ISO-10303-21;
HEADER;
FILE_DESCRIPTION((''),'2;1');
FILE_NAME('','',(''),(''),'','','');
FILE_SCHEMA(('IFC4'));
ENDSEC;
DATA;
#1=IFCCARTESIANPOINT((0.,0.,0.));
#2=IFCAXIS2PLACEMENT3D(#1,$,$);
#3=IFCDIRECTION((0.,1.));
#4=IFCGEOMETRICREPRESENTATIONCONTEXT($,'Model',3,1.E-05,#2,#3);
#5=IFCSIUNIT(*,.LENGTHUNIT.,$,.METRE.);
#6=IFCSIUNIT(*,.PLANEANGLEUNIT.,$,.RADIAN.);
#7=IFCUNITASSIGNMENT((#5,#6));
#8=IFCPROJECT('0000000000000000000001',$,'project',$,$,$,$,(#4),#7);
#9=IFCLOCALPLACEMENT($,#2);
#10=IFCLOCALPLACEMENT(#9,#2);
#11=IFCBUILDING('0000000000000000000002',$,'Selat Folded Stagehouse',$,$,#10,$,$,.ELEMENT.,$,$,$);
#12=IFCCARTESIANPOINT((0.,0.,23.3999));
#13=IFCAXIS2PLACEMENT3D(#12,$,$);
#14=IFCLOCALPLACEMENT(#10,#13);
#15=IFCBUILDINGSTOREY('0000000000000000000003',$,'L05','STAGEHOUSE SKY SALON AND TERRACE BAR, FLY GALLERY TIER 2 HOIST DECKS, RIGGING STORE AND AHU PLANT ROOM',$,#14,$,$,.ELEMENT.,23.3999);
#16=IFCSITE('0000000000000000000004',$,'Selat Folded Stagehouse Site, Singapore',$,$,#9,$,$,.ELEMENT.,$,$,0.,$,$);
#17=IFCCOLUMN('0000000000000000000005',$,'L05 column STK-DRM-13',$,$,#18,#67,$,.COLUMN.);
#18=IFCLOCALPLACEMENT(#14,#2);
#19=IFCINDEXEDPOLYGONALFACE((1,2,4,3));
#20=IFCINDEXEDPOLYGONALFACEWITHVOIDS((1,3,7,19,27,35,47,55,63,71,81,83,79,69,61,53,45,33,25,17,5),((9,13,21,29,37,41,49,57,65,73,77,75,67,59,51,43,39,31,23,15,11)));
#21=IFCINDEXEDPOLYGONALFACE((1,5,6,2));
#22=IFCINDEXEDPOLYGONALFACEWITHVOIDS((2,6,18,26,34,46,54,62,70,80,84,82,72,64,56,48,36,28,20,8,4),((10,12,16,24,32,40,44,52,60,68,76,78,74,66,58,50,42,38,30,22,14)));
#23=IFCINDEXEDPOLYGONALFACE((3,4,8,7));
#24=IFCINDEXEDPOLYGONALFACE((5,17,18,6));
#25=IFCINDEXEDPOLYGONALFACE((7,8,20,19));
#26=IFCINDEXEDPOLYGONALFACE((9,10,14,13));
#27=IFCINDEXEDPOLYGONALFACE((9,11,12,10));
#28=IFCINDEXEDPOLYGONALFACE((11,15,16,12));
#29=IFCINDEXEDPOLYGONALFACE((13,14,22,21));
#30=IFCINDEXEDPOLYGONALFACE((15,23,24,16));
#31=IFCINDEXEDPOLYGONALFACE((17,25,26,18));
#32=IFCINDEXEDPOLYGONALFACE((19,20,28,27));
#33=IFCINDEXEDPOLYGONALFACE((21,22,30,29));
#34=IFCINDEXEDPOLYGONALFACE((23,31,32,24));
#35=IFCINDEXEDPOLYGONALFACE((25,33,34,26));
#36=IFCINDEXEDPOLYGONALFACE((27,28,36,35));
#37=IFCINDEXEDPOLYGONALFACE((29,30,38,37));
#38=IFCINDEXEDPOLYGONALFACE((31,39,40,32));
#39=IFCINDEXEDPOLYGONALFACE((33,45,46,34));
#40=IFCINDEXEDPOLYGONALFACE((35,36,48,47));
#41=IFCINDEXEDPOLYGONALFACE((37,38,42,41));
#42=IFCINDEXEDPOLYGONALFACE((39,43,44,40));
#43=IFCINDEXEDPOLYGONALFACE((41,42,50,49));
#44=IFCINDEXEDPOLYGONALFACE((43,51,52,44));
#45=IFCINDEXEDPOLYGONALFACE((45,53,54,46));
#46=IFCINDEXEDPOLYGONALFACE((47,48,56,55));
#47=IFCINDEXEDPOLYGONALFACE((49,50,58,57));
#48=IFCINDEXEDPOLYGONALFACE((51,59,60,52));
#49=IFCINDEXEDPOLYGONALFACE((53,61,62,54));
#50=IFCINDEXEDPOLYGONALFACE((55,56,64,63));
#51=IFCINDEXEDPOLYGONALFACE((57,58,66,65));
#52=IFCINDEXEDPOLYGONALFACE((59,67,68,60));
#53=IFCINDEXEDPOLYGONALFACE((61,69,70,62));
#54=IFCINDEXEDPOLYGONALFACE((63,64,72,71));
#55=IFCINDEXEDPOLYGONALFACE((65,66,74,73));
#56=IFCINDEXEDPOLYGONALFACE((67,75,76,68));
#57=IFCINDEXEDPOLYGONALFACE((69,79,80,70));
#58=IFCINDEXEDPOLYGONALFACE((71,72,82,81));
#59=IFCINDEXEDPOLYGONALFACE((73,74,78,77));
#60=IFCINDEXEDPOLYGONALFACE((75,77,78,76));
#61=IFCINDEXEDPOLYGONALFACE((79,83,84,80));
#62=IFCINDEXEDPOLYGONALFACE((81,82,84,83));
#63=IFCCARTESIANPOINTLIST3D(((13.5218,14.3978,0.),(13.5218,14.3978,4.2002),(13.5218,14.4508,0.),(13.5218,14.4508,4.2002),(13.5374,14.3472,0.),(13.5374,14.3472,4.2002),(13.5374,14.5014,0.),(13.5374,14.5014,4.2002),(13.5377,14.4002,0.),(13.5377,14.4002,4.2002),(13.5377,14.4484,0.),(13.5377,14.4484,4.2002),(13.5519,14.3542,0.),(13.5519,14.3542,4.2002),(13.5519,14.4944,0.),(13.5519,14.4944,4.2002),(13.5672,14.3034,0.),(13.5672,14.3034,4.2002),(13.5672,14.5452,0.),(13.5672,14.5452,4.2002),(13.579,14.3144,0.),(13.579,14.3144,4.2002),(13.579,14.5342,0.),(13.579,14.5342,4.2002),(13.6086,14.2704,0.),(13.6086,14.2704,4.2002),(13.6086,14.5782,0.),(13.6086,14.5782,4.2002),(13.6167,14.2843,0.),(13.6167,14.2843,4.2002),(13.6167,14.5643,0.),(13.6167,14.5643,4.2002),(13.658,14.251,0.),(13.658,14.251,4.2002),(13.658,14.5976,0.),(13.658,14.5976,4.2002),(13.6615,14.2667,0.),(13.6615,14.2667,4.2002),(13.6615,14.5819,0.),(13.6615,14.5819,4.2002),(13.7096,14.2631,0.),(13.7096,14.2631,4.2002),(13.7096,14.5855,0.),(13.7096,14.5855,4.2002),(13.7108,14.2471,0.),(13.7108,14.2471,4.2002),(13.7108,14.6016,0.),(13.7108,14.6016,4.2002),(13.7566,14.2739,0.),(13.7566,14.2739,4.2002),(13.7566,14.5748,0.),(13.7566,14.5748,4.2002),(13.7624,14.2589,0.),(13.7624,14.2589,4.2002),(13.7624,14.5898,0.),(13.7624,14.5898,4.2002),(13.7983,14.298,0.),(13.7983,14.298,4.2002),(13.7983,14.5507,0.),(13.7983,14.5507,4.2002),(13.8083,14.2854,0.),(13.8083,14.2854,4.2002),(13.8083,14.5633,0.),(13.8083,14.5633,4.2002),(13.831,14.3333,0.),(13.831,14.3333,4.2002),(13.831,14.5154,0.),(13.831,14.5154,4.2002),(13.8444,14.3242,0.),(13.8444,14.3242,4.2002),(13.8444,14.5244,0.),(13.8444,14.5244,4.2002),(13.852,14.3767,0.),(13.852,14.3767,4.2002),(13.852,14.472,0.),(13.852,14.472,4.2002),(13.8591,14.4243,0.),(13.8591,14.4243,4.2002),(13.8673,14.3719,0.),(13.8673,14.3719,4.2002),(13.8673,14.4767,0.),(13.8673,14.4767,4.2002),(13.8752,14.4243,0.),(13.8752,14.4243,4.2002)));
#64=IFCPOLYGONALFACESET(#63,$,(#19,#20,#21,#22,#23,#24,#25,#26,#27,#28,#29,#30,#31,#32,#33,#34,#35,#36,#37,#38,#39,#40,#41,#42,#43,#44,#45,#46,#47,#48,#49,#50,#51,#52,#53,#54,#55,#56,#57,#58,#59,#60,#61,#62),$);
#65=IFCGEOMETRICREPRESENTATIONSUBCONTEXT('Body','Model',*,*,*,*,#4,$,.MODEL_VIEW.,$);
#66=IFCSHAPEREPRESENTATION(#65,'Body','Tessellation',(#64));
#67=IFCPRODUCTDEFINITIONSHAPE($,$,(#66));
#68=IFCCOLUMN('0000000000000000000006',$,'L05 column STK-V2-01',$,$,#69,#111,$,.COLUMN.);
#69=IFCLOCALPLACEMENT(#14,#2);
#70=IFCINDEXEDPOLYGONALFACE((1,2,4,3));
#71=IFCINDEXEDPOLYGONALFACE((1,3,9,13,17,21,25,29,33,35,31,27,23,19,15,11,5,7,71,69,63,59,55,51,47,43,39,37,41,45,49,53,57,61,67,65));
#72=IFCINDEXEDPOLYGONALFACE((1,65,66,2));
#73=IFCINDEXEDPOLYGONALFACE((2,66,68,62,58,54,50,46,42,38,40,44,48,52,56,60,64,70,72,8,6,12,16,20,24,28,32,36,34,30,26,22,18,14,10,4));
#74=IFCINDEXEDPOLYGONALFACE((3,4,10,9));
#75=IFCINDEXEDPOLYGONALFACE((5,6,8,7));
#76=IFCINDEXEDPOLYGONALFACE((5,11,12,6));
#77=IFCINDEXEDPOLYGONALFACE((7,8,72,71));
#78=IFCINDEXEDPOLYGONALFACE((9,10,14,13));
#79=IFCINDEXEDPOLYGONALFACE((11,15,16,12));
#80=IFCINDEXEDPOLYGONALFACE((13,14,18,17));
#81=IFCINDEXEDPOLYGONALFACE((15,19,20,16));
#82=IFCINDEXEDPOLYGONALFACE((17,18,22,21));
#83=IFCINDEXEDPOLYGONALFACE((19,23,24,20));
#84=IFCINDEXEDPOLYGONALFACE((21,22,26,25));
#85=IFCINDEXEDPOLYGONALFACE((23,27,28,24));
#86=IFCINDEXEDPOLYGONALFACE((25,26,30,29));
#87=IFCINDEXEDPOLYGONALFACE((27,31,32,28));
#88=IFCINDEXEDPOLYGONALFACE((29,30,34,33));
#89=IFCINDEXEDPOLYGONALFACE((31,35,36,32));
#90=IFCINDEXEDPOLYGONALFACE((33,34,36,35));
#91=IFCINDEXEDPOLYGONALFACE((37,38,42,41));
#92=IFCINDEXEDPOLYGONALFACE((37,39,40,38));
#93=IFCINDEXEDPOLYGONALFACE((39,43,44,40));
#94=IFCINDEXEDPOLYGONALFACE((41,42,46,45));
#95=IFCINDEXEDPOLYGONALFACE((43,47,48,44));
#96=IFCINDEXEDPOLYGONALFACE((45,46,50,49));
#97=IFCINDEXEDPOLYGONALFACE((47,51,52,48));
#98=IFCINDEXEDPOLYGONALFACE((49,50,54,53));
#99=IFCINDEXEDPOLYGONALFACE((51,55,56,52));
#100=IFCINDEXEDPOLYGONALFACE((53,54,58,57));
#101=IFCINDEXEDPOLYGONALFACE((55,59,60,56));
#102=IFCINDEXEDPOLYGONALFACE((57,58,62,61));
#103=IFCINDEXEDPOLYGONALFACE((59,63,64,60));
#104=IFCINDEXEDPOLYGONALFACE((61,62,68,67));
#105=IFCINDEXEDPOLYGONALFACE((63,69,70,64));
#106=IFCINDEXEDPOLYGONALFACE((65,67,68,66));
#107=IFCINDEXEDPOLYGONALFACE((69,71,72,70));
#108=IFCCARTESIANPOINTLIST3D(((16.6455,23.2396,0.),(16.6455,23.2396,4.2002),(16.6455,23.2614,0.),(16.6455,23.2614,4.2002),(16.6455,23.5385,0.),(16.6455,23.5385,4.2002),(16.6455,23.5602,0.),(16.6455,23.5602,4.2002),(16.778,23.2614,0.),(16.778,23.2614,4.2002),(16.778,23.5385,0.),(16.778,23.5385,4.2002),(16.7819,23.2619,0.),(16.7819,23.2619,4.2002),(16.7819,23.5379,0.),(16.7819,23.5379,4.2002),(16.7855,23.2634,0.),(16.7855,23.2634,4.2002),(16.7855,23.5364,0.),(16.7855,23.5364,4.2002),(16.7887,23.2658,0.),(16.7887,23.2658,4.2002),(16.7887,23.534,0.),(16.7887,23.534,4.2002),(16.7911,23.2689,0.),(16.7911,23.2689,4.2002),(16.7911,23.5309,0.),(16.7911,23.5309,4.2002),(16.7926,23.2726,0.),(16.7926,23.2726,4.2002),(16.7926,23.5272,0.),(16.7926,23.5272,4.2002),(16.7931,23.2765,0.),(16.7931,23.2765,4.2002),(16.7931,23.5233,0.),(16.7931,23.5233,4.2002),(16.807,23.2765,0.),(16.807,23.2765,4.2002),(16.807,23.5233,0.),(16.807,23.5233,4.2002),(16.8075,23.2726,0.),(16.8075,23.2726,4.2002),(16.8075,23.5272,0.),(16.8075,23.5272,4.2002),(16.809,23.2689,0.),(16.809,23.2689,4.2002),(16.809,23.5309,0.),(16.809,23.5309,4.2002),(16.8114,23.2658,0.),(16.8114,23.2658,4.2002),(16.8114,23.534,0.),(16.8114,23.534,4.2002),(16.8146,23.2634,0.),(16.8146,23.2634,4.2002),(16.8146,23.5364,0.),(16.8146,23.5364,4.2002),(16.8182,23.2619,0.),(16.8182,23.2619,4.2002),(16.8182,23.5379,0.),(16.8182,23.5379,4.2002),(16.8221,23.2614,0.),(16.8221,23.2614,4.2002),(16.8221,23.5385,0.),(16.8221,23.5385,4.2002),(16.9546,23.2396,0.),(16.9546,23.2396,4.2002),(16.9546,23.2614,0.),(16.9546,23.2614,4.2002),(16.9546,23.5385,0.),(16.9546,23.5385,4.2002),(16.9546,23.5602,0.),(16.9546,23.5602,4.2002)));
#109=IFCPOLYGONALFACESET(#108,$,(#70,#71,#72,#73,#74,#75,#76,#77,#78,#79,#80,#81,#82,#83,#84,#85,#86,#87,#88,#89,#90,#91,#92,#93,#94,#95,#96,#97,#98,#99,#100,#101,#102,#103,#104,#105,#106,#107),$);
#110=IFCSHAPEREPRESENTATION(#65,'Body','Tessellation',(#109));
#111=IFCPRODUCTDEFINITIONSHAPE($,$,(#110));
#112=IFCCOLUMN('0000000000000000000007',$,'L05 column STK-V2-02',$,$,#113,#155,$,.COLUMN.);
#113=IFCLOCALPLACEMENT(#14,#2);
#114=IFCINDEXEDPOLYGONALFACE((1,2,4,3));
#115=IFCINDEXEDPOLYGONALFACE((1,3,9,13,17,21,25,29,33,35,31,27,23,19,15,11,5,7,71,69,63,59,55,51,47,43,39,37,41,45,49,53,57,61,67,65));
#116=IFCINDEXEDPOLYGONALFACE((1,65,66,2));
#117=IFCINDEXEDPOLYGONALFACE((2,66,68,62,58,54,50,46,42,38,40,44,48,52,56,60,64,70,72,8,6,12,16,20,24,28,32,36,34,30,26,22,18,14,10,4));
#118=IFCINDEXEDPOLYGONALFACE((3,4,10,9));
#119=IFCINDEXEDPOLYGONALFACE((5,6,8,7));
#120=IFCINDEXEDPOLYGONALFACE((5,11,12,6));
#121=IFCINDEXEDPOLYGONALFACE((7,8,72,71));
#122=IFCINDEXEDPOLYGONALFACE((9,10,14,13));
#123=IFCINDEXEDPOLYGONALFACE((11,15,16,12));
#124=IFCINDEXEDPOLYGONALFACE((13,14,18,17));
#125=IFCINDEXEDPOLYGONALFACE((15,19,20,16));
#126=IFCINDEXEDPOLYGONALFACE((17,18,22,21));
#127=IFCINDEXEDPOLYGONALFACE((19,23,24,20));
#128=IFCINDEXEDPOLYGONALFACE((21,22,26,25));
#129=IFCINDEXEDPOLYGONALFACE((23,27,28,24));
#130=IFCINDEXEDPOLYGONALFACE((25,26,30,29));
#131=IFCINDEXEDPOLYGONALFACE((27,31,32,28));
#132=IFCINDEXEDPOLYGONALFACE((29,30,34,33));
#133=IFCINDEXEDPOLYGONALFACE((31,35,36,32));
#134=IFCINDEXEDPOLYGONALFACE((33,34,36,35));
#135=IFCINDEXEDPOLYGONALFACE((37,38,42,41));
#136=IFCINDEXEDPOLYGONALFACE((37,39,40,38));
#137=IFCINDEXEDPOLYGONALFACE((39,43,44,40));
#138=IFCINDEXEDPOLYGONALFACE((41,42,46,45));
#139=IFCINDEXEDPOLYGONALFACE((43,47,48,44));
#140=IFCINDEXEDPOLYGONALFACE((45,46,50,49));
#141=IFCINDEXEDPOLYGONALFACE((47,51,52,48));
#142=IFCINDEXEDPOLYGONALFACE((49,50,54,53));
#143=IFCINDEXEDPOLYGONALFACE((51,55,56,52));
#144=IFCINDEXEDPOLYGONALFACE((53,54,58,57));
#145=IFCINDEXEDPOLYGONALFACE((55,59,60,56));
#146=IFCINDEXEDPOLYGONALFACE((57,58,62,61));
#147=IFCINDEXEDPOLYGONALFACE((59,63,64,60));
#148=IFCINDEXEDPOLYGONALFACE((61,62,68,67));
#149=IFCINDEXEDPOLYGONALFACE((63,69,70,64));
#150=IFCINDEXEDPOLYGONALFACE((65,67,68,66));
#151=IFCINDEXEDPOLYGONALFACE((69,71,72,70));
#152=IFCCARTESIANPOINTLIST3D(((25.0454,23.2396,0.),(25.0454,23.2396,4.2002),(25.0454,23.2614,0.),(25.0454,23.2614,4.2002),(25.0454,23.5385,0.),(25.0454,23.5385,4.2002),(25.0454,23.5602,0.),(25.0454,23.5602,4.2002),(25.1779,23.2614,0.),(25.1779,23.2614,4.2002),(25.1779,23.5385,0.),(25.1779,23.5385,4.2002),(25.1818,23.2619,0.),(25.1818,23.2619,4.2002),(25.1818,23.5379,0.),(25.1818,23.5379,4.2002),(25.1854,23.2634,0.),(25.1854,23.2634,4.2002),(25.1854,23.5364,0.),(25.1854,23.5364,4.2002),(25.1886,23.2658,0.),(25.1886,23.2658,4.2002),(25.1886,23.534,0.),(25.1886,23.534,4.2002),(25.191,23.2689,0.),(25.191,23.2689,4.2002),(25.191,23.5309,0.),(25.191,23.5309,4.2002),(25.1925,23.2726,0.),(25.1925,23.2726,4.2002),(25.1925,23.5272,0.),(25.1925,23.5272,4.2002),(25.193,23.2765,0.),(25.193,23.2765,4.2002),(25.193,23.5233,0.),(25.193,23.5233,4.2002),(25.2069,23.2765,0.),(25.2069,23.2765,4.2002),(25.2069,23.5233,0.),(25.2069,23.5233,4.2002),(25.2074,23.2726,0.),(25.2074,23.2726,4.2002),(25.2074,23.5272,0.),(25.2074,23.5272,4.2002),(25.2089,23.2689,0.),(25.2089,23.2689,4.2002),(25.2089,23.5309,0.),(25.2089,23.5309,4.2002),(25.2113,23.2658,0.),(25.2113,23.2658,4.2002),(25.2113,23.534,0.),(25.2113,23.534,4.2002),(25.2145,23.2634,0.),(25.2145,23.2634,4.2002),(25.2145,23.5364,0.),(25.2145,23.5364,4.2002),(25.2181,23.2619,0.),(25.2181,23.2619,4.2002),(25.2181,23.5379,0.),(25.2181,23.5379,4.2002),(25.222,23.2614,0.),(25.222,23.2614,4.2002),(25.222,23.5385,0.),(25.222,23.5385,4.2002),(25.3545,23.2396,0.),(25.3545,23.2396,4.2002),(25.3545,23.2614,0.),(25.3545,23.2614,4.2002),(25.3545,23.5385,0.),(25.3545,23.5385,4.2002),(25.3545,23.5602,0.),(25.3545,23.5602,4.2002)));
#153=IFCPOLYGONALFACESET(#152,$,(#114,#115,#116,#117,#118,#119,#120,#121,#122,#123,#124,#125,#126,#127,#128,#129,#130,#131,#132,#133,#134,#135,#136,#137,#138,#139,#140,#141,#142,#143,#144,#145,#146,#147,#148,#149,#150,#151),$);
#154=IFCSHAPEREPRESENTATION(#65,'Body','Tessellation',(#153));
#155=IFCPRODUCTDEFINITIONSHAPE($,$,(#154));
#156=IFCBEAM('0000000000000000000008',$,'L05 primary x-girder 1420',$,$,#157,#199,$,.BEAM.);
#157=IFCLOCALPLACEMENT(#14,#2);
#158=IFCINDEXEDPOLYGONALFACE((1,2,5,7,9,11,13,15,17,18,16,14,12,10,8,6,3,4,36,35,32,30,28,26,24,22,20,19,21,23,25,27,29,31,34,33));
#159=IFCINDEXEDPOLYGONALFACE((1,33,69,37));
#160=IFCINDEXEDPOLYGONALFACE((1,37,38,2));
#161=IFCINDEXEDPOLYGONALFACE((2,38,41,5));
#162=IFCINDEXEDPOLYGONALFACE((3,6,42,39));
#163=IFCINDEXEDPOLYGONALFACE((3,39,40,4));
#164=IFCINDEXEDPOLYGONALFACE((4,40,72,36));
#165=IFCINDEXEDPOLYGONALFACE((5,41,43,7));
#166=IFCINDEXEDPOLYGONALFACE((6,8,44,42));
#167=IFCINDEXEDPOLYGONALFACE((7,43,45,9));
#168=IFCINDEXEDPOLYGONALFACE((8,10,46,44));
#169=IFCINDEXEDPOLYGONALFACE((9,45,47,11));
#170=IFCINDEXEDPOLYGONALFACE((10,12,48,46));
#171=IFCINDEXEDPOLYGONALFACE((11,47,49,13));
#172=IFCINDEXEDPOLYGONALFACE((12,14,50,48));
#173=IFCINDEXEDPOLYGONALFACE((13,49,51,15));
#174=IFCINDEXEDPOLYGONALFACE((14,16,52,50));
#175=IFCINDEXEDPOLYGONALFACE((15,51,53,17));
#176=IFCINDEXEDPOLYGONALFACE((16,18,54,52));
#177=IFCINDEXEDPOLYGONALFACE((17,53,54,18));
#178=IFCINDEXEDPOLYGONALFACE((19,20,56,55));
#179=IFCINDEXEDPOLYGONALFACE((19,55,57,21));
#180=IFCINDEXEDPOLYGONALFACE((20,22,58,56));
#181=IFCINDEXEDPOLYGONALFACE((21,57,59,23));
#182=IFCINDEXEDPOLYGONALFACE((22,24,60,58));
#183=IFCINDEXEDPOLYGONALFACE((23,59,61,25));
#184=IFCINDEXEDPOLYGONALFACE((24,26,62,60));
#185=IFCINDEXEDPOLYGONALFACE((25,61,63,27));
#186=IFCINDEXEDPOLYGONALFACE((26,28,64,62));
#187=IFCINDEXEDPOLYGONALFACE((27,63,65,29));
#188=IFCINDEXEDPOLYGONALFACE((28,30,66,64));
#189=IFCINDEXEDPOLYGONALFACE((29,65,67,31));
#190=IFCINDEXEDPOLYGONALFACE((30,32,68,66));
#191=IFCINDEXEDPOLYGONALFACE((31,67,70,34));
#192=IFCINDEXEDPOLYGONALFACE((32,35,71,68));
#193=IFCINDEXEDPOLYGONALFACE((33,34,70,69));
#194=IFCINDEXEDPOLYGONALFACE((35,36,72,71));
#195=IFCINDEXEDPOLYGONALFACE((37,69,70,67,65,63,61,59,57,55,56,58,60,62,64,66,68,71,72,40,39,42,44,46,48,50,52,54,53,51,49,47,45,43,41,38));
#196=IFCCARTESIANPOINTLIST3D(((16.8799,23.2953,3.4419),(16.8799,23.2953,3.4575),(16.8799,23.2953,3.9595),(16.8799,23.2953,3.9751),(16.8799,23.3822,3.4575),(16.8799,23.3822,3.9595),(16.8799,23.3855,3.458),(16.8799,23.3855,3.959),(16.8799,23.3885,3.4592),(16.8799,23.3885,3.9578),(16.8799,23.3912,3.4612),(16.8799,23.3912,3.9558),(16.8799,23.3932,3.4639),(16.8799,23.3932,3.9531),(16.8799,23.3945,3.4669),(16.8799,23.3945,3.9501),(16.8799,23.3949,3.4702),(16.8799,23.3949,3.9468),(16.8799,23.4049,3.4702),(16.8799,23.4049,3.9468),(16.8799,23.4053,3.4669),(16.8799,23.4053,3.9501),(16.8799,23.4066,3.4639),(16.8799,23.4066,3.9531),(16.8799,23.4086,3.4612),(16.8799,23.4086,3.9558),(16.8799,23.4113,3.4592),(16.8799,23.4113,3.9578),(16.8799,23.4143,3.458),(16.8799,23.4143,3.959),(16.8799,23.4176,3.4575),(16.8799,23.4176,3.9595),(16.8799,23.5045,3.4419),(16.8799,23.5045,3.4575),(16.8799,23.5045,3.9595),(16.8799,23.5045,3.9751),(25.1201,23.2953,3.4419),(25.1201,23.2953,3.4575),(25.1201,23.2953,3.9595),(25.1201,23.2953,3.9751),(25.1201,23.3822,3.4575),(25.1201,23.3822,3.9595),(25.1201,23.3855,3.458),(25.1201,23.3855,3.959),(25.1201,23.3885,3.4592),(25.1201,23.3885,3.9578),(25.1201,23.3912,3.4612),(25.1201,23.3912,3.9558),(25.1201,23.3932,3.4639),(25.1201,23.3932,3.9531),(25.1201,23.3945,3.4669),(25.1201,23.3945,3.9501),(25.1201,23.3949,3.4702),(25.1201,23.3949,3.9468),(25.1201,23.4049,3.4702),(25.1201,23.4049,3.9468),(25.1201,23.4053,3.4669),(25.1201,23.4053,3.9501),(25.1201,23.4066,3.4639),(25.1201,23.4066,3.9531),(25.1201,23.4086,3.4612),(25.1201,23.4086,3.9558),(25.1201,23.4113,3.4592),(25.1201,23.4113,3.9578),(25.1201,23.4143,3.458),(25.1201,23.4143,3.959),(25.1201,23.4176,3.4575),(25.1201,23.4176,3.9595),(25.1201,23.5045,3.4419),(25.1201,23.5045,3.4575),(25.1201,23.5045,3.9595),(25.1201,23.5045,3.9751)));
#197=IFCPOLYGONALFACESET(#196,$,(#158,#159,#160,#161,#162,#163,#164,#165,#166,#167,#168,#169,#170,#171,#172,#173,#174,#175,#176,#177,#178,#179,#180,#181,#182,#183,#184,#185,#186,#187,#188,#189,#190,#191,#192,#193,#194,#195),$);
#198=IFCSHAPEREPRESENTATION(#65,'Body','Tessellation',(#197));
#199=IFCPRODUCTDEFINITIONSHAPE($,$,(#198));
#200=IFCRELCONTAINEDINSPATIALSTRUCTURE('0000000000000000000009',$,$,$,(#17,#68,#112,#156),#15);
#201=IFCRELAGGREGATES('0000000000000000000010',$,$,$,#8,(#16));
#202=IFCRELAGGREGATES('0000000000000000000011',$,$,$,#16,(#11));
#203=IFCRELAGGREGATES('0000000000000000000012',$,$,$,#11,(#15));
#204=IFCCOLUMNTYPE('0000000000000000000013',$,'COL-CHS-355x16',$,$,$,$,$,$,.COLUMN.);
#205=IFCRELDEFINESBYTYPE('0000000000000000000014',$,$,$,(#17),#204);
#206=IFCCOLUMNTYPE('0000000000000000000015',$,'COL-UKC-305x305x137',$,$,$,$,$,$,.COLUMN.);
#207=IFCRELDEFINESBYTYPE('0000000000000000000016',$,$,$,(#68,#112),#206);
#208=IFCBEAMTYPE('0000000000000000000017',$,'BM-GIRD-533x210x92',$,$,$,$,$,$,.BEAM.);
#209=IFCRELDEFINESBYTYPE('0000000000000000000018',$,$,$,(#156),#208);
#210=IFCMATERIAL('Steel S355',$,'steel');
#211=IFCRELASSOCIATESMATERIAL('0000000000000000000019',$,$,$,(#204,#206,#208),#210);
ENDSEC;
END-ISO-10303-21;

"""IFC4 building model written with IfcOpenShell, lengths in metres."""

from ifc_helpers import new_model, si_unit, direction, frame, origin, origin_2d, place, context, subcontext, project, spatial, hollow_circle, i_section, extrude, material, material_profile, profile_set, type_object, element, save


model = new_model("IFC4")

# Units and contexts
model_context = context("Model", 3, precision=1e-05, world=origin(), true_north=direction((0.0, 1.0)))
body_context = subcontext(model_context, "Body", "Model", "MODEL_VIEW")
ifc_project = project(units=[si_unit("LENGTHUNIT", "METRE"), si_unit("PLANEANGLEUNIT", "RADIAN")], contexts=[model_context])

# Site, building, storey
site_placement = place(None, origin())
site = spatial("IfcSite", under=ifc_project, at=site_placement, Name="Selat Folded Stagehouse Site, Singapore", CompositionType="ELEMENT", RefElevation=0.0)
building_placement = place(site_placement, origin())
building = spatial("IfcBuilding", under=site, at=building_placement, Name="Selat Folded Stagehouse", CompositionType="ELEMENT")
storey_placement = place(building_placement, frame((0.0, 0.0, 23.3999)))
storey = spatial("IfcBuildingStorey", under=building, at=storey_placement, Name="L05", Description="STAGEHOUSE SKY SALON AND TERRACE BAR, FLY GALLERY TIER 2 HOIST DECKS, RIGGING STORE AND AHU PLANT ROOM", CompositionType="ELEMENT", Elevation=23.3999)

# Columns
ifc_material_1 = material(Name="Steel S355", Category="steel")
ifc_material_profile_1 = material_profile(ifc_material_1, hollow_circle(Radius=0.1777, WallThickness=0.0161, at=origin_2d()), Name="CHS 355.6x16.0")
ifc_profile_set_1 = profile_set([ifc_material_profile_1], Name="Steel S355")
column_type_1 = type_object("IfcColumnType", Name="COL-CHS-355x16", PredefinedType="COLUMN", material=ifc_profile_set_1)
column_placement = place(storey_placement, frame((13.6975, 14.4243, 0.0), z_axis=(0.0, 0.0, 1.0), x_axis=(1.0, 0.0, 0.0)))
element("IfcColumn", 1, at=column_placement, inside=storey, type_object=column_type_1, Name="L05 column STK-DRM-13", PredefinedType="COLUMN", context=body_context, shape_type="SweptSolid", body=[
    extrude(hollow_circle(Radius=0.1777, WallThickness=0.0161, at=origin_2d()), origin(), (0.0, 0.0, 1.0), 4.2002),
])
ifc_material_profile_2 = material_profile(ifc_material_1, i_section(OverallWidth=0.3091, OverallDepth=0.3206, WebThickness=0.0139, FlangeThickness=0.0217, FilletRadius=0.0151, at=origin_2d()), Name="UKC 305x305x137")
ifc_profile_set_2 = profile_set([ifc_material_profile_2], Name="Steel S355")
column_type_2 = type_object("IfcColumnType", Name="COL-UKC-305x305x137", PredefinedType="COLUMN", material=ifc_profile_set_2)
for number, where, z_axis, x_axis, name in (
    (2, (16.8, 23.3999, 0.0), (0.0, 0.0, 1.0), (1.0, 0.0, 0.0), "L05 column STK-V2-01"),
    (3, (25.2, 23.3999, 0.0), (0.0, 0.0, 1.0), (1.0, 0.0, 0.0), "L05 column STK-V2-02"),
):
    element("IfcColumn", number, at=place(storey_placement, frame(where, z_axis=z_axis, x_axis=x_axis)), inside=storey, type_object=column_type_2, Name=name, PredefinedType="COLUMN", context=body_context, shape_type="SweptSolid", body=[
        extrude(i_section(OverallWidth=0.3091, OverallDepth=0.3206, WebThickness=0.0139, FlangeThickness=0.0217, FilletRadius=0.0151, at=origin_2d()), origin(), (0.0, 0.0, 1.0), 4.2002),
    ])

# Beam
ifc_material_profile_3 = material_profile(ifc_material_1, i_section(OverallWidth=0.2092, OverallDepth=0.5332, WebThickness=0.01, FlangeThickness=0.0156, FilletRadius=0.0127, at=origin_2d()), Name="UKB 533x210x92")
ifc_profile_set_3 = profile_set([ifc_material_profile_3], Name="Steel S355")
beam_type_1 = type_object("IfcBeamType", Name="BM-GIRD-533x210x92", PredefinedType="BEAM", material=ifc_profile_set_3)
beam_1_placement = place(storey_placement, frame((16.8799, 23.3999, 3.7085), z_axis=(1.0, 0.0, 0.0), x_axis=(0.0, 1.0, 0.0)))
element("IfcBeam", 4, at=beam_1_placement, inside=storey, type_object=beam_type_1, Name="L05 primary x-girder 1420", PredefinedType="BEAM", context=body_context, shape_type="SweptSolid", body=[
    extrude(i_section(OverallWidth=0.2092, OverallDepth=0.5332, WebThickness=0.01, FlangeThickness=0.0156, FilletRadius=0.0127, at=origin_2d()), origin(), (0.0, 0.0, 1.0), 8.2402),
])

save(model, "model.ifc")
